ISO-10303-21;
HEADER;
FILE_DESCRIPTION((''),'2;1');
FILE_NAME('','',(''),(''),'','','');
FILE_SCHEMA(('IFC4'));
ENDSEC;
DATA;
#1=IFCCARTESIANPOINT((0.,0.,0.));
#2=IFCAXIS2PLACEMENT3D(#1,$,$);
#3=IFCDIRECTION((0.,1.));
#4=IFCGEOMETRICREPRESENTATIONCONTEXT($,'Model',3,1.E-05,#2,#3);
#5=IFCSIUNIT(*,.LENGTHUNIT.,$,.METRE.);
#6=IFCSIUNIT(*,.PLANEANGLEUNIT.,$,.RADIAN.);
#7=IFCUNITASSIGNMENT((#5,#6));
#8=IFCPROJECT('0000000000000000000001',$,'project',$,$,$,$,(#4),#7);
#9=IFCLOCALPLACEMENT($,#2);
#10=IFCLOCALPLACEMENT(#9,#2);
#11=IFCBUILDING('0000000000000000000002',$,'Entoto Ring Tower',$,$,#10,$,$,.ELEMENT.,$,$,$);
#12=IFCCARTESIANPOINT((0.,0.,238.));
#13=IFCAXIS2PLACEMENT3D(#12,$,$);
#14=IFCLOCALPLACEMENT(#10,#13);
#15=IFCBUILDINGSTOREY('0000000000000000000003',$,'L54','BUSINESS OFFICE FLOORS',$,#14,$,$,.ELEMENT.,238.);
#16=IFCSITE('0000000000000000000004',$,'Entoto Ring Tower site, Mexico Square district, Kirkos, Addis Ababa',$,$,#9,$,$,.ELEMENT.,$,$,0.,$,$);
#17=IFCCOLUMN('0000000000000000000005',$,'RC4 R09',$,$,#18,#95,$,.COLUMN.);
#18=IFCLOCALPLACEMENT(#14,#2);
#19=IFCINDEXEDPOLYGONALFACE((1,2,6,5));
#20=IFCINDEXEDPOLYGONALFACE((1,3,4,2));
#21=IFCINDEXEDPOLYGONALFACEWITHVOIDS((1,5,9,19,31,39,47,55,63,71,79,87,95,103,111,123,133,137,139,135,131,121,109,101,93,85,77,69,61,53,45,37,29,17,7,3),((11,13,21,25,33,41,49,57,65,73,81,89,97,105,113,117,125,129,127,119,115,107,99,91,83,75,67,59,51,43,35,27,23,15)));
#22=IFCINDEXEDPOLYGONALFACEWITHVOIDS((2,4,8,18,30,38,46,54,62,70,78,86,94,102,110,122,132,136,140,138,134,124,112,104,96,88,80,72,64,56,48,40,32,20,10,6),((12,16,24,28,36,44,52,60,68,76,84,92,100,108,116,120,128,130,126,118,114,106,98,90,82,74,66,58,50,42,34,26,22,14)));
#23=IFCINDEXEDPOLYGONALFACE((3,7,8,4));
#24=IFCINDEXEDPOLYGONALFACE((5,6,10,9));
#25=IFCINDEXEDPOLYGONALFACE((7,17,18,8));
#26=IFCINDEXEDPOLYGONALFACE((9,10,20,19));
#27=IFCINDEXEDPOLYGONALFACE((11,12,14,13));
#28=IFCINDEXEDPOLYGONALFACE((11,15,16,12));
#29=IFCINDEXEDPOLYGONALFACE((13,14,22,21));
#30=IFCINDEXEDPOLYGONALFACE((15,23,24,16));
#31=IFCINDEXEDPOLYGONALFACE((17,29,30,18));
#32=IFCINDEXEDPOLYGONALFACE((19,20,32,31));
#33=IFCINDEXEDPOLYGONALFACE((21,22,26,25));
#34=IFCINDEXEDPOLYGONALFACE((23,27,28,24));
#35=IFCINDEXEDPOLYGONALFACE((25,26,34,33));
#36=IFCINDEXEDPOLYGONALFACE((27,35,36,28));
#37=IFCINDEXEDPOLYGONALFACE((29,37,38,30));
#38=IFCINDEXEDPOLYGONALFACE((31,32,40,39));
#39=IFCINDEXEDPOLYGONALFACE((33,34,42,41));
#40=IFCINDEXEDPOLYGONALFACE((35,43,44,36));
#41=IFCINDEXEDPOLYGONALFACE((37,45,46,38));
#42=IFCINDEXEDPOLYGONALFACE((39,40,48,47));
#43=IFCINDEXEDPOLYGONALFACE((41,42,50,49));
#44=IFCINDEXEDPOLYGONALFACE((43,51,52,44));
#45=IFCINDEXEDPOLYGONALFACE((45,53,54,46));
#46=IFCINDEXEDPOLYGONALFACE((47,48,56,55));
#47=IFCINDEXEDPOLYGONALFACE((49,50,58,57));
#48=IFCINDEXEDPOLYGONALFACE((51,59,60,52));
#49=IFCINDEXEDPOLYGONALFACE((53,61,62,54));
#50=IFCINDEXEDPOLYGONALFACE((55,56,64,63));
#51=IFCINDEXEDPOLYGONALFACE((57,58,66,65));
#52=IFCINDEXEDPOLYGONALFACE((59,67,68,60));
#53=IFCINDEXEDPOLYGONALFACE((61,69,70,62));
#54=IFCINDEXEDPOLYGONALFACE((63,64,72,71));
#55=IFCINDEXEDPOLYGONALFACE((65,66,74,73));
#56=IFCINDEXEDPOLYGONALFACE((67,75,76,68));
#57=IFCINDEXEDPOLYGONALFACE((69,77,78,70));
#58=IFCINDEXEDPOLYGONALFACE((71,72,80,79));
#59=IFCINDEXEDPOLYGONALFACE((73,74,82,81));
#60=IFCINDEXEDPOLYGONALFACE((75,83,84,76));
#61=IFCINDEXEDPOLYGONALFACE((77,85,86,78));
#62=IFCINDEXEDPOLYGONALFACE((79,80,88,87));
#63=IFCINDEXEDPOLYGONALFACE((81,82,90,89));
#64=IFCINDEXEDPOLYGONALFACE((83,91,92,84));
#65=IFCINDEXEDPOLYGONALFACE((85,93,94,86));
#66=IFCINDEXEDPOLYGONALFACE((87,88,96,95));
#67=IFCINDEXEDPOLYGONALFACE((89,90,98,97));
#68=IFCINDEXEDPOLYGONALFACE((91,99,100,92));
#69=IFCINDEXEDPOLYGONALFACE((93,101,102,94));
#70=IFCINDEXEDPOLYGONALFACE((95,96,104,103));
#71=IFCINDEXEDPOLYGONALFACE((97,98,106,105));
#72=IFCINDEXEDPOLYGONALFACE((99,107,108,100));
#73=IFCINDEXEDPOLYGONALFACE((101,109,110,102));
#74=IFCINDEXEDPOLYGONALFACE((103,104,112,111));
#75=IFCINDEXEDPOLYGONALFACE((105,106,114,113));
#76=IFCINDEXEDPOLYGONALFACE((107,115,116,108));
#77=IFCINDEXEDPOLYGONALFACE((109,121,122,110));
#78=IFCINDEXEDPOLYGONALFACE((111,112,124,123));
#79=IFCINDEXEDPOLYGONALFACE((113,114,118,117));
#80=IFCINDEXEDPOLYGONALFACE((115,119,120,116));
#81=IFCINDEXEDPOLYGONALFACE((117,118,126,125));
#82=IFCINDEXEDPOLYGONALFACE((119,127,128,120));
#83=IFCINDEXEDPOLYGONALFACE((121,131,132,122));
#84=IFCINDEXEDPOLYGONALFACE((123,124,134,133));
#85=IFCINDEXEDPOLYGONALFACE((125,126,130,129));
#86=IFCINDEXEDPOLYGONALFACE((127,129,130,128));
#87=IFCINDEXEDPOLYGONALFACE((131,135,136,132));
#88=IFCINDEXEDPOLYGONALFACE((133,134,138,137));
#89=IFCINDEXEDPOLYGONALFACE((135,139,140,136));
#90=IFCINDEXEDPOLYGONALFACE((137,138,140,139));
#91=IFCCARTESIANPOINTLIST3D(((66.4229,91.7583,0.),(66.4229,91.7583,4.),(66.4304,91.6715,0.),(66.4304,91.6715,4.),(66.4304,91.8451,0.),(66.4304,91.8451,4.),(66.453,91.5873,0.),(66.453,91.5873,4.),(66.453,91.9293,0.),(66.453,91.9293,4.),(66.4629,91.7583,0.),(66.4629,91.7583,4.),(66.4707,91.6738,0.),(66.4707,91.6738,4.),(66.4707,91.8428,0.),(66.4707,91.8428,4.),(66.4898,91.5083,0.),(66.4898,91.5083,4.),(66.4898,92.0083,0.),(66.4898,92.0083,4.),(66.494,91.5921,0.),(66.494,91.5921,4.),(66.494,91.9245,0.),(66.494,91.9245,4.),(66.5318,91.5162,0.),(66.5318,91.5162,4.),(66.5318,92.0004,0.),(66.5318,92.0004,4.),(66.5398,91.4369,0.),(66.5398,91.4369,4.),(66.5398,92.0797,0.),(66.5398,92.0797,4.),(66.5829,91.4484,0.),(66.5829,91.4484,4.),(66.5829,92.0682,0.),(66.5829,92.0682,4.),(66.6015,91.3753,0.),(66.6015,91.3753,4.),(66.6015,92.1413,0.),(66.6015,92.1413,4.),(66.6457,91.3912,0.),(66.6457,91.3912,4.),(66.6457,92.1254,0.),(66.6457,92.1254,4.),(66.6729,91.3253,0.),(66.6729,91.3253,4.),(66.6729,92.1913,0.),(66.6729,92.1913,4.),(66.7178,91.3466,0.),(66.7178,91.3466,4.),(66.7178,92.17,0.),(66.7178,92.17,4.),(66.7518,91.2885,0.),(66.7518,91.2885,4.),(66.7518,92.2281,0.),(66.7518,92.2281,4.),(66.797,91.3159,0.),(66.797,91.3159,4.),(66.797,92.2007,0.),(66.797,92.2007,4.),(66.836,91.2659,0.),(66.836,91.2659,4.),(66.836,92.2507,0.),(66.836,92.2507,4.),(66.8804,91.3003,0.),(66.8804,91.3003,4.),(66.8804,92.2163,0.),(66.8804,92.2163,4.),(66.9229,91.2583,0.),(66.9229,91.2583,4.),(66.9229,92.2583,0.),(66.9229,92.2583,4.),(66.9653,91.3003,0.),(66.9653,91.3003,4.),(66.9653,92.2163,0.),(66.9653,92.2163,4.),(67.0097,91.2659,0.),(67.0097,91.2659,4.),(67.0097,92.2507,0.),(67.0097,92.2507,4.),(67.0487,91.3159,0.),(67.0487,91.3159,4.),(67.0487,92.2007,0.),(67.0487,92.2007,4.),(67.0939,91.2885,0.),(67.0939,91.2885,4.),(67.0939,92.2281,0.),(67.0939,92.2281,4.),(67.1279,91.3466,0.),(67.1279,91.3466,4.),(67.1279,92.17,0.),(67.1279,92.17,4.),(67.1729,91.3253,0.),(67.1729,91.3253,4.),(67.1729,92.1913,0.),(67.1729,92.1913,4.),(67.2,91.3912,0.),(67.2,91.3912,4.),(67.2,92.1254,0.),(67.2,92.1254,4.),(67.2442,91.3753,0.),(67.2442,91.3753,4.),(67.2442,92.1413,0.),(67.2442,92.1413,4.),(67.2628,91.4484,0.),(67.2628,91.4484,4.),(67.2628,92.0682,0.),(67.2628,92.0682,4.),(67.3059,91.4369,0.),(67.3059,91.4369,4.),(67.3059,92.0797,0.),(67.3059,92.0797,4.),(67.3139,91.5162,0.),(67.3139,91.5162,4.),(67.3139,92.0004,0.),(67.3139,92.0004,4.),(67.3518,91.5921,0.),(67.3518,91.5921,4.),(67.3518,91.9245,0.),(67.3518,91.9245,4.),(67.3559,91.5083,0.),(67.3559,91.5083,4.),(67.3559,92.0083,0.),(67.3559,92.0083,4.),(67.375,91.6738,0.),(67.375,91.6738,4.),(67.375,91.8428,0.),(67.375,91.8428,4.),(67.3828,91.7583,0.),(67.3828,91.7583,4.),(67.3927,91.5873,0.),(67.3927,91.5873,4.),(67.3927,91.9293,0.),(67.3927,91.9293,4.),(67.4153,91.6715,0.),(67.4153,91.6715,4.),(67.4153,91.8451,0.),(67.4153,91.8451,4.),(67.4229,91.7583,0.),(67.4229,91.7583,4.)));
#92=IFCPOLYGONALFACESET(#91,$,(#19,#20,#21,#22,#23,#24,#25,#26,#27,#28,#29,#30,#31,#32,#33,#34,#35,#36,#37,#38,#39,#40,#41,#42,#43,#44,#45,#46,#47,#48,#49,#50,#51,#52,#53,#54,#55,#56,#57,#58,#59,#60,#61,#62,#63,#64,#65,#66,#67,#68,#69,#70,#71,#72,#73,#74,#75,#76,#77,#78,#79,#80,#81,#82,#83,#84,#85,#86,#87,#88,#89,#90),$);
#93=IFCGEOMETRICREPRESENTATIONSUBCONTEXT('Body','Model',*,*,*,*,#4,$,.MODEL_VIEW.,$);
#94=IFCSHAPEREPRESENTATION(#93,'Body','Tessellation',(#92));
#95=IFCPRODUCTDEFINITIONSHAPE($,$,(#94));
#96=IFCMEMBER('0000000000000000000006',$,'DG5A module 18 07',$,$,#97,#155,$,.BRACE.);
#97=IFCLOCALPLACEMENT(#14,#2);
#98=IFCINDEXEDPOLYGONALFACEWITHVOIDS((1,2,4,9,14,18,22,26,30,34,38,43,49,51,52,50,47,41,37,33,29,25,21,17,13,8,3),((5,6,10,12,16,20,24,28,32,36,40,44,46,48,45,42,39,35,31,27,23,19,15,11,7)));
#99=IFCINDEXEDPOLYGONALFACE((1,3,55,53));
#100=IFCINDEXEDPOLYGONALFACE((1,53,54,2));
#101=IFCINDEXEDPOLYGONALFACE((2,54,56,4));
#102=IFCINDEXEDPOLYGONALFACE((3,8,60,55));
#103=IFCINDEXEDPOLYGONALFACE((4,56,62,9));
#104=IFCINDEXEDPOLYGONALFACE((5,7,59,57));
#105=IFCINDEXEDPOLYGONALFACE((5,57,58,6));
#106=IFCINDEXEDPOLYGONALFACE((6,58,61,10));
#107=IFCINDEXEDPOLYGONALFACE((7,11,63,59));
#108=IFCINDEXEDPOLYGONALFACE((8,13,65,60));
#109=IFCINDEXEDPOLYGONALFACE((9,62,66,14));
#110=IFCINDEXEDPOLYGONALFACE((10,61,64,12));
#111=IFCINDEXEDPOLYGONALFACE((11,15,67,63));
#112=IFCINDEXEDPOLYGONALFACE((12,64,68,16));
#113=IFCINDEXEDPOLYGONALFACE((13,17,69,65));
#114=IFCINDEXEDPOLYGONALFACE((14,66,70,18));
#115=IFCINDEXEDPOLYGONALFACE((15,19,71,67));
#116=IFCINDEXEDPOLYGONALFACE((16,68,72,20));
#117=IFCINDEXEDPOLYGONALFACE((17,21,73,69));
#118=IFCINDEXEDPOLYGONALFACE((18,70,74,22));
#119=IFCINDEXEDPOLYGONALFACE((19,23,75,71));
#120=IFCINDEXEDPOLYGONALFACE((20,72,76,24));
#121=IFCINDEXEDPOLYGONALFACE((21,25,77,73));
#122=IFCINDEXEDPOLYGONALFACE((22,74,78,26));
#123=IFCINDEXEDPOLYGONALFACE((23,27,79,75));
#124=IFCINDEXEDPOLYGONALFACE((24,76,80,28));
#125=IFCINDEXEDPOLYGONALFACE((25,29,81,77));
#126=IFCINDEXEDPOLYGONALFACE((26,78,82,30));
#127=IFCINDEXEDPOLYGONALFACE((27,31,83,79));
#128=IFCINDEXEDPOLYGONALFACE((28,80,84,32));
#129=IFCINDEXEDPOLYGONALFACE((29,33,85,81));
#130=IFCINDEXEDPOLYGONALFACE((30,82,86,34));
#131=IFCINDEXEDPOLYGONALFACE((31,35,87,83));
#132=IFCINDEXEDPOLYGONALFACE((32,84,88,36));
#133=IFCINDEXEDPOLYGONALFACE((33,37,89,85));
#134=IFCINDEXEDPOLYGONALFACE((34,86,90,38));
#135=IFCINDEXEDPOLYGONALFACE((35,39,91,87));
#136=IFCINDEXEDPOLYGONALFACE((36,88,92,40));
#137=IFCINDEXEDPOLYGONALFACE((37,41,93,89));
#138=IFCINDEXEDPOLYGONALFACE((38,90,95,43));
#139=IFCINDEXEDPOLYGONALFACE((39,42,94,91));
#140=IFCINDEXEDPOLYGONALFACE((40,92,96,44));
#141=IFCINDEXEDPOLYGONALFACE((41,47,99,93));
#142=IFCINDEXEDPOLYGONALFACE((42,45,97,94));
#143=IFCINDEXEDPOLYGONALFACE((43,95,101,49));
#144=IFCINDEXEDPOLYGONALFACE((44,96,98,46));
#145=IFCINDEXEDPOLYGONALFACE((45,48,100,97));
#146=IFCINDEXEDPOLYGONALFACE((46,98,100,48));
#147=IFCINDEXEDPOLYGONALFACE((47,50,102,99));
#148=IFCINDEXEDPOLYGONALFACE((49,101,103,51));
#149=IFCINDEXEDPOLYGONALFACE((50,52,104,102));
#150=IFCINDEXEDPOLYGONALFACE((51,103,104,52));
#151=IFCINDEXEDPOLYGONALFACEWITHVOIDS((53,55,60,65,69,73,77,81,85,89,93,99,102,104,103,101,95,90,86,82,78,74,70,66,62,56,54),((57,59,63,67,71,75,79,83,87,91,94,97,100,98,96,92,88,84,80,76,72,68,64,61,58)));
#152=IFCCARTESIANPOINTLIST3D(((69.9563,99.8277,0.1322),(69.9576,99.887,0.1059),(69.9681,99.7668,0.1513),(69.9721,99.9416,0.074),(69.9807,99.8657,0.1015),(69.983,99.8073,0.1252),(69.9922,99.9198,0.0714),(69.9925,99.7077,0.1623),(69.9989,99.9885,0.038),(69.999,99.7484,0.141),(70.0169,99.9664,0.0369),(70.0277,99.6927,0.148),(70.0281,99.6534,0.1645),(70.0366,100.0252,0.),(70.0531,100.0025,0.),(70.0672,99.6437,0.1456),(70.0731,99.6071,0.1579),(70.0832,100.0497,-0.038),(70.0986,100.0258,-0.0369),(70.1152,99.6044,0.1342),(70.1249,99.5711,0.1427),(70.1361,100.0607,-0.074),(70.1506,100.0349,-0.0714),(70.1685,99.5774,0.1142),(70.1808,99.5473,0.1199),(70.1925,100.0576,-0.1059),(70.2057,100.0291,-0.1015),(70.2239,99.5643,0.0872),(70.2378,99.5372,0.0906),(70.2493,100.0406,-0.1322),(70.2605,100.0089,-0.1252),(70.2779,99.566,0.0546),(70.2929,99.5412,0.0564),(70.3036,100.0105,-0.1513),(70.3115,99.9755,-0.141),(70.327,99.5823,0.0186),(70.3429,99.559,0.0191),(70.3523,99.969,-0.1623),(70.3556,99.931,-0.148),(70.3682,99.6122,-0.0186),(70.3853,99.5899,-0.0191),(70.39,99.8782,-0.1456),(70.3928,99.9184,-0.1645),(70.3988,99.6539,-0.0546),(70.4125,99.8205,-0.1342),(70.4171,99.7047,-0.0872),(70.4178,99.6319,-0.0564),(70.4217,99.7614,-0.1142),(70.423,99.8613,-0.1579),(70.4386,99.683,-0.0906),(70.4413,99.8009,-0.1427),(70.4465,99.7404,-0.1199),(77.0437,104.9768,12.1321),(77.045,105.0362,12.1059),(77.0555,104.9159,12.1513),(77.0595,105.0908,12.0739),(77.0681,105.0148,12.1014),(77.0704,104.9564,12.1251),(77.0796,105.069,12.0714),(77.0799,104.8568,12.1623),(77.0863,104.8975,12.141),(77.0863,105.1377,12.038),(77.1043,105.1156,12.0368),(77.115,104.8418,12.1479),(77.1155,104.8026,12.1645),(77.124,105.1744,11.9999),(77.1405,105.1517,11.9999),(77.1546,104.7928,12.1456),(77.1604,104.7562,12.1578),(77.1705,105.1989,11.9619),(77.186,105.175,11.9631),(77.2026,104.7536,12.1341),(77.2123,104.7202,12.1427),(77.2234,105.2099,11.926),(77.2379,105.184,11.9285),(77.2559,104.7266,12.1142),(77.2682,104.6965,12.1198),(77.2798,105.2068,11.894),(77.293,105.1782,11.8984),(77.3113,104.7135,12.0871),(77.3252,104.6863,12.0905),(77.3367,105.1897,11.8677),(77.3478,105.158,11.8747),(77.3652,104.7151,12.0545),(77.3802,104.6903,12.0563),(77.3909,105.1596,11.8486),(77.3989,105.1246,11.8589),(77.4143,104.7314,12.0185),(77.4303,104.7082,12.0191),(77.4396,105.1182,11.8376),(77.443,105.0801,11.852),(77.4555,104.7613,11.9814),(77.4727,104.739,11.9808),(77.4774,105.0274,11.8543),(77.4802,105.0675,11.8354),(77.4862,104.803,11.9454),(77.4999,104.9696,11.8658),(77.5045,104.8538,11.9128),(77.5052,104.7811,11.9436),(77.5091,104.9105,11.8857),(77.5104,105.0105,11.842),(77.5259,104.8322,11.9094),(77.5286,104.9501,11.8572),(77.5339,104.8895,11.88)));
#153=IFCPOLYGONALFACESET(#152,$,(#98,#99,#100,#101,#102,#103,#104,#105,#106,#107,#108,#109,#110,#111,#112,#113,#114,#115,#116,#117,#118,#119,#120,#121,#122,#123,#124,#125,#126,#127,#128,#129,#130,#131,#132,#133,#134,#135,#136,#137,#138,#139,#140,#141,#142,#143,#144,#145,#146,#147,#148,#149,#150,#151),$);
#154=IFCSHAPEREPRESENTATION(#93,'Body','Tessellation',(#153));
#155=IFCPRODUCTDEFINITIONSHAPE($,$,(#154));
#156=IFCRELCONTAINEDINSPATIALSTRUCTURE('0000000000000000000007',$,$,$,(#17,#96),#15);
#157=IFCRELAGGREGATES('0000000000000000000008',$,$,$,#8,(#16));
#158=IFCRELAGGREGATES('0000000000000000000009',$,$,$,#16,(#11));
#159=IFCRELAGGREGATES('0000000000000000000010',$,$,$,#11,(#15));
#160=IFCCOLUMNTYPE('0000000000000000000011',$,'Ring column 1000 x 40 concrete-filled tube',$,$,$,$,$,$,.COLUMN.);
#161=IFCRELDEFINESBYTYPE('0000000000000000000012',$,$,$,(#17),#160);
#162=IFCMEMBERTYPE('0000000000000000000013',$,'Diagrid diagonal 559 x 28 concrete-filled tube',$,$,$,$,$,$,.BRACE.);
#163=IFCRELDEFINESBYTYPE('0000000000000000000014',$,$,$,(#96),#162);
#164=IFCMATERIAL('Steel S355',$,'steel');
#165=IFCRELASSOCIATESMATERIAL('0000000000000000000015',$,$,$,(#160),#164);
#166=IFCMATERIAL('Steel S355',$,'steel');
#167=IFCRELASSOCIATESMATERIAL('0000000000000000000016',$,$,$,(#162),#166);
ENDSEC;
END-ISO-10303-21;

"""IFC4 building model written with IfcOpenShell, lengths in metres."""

from ifc_helpers import new_model, si_unit, direction, frame, origin, origin_2d, place, context, subcontext, project, spatial, circle, hollow_circle, extrude, material, material_profile, profile_set, type_object, element, save


model = new_model("IFC4")

# Units and contexts
model_context = context("Model", 3, precision=1e-05, world=origin(), true_north=direction((0.0, 1.0)))
body_context = subcontext(model_context, "Body", "Model", "MODEL_VIEW")
ifc_project = project(units=[si_unit("LENGTHUNIT", "METRE"), si_unit("PLANEANGLEUNIT", "RADIAN")], contexts=[model_context])

# Site, building, storey
site_placement = place(None, origin())
site = spatial("IfcSite", under=ifc_project, at=site_placement, Name="Entoto Ring Tower site, Mexico Square district, Kirkos, Addis Ababa", CompositionType="ELEMENT", RefElevation=0.0)
building_placement = place(site_placement, origin())
building = spatial("IfcBuilding", under=site, at=building_placement, Name="Entoto Ring Tower", CompositionType="ELEMENT")
storey_placement = place(building_placement, frame((0.0, 0.0, 238.0)))
storey = spatial("IfcBuildingStorey", under=building, at=storey_placement, Name="L54", Description="BUSINESS OFFICE FLOORS", CompositionType="ELEMENT", Elevation=238.0)

# Column
ifc_material_1 = material(Name="Steel S355", Category="steel")
ifc_material_profile_1 = material_profile(ifc_material_1, hollow_circle(Radius=0.5, WallThickness=0.04, at=origin_2d()), Name="CHS 1000 x 40")
ifc_material_2 = material(Name="Concrete C60/75", Category="concrete")
ifc_material_profile_2 = material_profile(ifc_material_2, circle(Radius=0.46, at=origin_2d()), Name="Concrete C60/75 infill")
ifc_profile_set_1 = profile_set([ifc_material_profile_1, ifc_material_profile_2], Name="Steel S355")
column_type = type_object("IfcColumnType", Name="Ring column 1000 x 40 concrete-filled tube", PredefinedType="COLUMN", material=ifc_profile_set_1)
for number, where, z_axis, x_axis, name in (
    (1, (66.9229, 91.7583, 0.0), (0.0, 0.0, 1.0), (1.0, 0.0, 0.0), "RC4 R09"),
):
    element("IfcColumn", number, at=place(storey_placement, frame(where, z_axis=z_axis, x_axis=x_axis)), inside=storey, type_object=column_type, Name=name, PredefinedType="COLUMN", context=body_context, shape_type="SweptSolid", body=[
        extrude(hollow_circle(Radius=0.5, WallThickness=0.04, at=origin_2d()), origin(), (0.0, 0.0, 1.0), 4.0),
    ])

# Member
ifc_material_3 = material(Name="Steel S355", Category="steel")
ifc_material_profile_3 = material_profile(ifc_material_3, hollow_circle(Radius=0.2795, WallThickness=0.0281, at=origin_2d()), Name="CHS 559 x 28")
ifc_material_4 = material(Name="Concrete C60/75", Category="concrete")
ifc_material_profile_4 = material_profile(ifc_material_4, circle(Radius=0.2515, at=origin_2d()), Name="Concrete C60/75 infill")
ifc_profile_set_2 = profile_set([ifc_material_profile_3, ifc_material_profile_4], Name="Steel S355")
member_type_1 = type_object("IfcMemberType", Name="Diagrid diagonal 559 x 28 concrete-filled tube", PredefinedType="BRACE", material=ifc_profile_set_2)
for number, where, z_axis, x_axis, name in (
    (2, (70.2009, 99.7991, 0.0), (0.477025, 0.34657, 0.807673), (-0.587776, 0.809024, 0.0), "DG5A module 18 07"),
):
    element("IfcMember", number, at=place(storey_placement, frame(where, z_axis=z_axis, x_axis=x_axis)), inside=storey, type_object=member_type_1, Name=name, PredefinedType="BRACE", context=body_context, shape_type="SweptSolid", body=[
        extrude(hollow_circle(Radius=0.2795, WallThickness=0.0281, at=origin_2d()), origin(), (0.0, 0.0, 1.0), 14.8574),
    ])

save(model, "model.ifc")
